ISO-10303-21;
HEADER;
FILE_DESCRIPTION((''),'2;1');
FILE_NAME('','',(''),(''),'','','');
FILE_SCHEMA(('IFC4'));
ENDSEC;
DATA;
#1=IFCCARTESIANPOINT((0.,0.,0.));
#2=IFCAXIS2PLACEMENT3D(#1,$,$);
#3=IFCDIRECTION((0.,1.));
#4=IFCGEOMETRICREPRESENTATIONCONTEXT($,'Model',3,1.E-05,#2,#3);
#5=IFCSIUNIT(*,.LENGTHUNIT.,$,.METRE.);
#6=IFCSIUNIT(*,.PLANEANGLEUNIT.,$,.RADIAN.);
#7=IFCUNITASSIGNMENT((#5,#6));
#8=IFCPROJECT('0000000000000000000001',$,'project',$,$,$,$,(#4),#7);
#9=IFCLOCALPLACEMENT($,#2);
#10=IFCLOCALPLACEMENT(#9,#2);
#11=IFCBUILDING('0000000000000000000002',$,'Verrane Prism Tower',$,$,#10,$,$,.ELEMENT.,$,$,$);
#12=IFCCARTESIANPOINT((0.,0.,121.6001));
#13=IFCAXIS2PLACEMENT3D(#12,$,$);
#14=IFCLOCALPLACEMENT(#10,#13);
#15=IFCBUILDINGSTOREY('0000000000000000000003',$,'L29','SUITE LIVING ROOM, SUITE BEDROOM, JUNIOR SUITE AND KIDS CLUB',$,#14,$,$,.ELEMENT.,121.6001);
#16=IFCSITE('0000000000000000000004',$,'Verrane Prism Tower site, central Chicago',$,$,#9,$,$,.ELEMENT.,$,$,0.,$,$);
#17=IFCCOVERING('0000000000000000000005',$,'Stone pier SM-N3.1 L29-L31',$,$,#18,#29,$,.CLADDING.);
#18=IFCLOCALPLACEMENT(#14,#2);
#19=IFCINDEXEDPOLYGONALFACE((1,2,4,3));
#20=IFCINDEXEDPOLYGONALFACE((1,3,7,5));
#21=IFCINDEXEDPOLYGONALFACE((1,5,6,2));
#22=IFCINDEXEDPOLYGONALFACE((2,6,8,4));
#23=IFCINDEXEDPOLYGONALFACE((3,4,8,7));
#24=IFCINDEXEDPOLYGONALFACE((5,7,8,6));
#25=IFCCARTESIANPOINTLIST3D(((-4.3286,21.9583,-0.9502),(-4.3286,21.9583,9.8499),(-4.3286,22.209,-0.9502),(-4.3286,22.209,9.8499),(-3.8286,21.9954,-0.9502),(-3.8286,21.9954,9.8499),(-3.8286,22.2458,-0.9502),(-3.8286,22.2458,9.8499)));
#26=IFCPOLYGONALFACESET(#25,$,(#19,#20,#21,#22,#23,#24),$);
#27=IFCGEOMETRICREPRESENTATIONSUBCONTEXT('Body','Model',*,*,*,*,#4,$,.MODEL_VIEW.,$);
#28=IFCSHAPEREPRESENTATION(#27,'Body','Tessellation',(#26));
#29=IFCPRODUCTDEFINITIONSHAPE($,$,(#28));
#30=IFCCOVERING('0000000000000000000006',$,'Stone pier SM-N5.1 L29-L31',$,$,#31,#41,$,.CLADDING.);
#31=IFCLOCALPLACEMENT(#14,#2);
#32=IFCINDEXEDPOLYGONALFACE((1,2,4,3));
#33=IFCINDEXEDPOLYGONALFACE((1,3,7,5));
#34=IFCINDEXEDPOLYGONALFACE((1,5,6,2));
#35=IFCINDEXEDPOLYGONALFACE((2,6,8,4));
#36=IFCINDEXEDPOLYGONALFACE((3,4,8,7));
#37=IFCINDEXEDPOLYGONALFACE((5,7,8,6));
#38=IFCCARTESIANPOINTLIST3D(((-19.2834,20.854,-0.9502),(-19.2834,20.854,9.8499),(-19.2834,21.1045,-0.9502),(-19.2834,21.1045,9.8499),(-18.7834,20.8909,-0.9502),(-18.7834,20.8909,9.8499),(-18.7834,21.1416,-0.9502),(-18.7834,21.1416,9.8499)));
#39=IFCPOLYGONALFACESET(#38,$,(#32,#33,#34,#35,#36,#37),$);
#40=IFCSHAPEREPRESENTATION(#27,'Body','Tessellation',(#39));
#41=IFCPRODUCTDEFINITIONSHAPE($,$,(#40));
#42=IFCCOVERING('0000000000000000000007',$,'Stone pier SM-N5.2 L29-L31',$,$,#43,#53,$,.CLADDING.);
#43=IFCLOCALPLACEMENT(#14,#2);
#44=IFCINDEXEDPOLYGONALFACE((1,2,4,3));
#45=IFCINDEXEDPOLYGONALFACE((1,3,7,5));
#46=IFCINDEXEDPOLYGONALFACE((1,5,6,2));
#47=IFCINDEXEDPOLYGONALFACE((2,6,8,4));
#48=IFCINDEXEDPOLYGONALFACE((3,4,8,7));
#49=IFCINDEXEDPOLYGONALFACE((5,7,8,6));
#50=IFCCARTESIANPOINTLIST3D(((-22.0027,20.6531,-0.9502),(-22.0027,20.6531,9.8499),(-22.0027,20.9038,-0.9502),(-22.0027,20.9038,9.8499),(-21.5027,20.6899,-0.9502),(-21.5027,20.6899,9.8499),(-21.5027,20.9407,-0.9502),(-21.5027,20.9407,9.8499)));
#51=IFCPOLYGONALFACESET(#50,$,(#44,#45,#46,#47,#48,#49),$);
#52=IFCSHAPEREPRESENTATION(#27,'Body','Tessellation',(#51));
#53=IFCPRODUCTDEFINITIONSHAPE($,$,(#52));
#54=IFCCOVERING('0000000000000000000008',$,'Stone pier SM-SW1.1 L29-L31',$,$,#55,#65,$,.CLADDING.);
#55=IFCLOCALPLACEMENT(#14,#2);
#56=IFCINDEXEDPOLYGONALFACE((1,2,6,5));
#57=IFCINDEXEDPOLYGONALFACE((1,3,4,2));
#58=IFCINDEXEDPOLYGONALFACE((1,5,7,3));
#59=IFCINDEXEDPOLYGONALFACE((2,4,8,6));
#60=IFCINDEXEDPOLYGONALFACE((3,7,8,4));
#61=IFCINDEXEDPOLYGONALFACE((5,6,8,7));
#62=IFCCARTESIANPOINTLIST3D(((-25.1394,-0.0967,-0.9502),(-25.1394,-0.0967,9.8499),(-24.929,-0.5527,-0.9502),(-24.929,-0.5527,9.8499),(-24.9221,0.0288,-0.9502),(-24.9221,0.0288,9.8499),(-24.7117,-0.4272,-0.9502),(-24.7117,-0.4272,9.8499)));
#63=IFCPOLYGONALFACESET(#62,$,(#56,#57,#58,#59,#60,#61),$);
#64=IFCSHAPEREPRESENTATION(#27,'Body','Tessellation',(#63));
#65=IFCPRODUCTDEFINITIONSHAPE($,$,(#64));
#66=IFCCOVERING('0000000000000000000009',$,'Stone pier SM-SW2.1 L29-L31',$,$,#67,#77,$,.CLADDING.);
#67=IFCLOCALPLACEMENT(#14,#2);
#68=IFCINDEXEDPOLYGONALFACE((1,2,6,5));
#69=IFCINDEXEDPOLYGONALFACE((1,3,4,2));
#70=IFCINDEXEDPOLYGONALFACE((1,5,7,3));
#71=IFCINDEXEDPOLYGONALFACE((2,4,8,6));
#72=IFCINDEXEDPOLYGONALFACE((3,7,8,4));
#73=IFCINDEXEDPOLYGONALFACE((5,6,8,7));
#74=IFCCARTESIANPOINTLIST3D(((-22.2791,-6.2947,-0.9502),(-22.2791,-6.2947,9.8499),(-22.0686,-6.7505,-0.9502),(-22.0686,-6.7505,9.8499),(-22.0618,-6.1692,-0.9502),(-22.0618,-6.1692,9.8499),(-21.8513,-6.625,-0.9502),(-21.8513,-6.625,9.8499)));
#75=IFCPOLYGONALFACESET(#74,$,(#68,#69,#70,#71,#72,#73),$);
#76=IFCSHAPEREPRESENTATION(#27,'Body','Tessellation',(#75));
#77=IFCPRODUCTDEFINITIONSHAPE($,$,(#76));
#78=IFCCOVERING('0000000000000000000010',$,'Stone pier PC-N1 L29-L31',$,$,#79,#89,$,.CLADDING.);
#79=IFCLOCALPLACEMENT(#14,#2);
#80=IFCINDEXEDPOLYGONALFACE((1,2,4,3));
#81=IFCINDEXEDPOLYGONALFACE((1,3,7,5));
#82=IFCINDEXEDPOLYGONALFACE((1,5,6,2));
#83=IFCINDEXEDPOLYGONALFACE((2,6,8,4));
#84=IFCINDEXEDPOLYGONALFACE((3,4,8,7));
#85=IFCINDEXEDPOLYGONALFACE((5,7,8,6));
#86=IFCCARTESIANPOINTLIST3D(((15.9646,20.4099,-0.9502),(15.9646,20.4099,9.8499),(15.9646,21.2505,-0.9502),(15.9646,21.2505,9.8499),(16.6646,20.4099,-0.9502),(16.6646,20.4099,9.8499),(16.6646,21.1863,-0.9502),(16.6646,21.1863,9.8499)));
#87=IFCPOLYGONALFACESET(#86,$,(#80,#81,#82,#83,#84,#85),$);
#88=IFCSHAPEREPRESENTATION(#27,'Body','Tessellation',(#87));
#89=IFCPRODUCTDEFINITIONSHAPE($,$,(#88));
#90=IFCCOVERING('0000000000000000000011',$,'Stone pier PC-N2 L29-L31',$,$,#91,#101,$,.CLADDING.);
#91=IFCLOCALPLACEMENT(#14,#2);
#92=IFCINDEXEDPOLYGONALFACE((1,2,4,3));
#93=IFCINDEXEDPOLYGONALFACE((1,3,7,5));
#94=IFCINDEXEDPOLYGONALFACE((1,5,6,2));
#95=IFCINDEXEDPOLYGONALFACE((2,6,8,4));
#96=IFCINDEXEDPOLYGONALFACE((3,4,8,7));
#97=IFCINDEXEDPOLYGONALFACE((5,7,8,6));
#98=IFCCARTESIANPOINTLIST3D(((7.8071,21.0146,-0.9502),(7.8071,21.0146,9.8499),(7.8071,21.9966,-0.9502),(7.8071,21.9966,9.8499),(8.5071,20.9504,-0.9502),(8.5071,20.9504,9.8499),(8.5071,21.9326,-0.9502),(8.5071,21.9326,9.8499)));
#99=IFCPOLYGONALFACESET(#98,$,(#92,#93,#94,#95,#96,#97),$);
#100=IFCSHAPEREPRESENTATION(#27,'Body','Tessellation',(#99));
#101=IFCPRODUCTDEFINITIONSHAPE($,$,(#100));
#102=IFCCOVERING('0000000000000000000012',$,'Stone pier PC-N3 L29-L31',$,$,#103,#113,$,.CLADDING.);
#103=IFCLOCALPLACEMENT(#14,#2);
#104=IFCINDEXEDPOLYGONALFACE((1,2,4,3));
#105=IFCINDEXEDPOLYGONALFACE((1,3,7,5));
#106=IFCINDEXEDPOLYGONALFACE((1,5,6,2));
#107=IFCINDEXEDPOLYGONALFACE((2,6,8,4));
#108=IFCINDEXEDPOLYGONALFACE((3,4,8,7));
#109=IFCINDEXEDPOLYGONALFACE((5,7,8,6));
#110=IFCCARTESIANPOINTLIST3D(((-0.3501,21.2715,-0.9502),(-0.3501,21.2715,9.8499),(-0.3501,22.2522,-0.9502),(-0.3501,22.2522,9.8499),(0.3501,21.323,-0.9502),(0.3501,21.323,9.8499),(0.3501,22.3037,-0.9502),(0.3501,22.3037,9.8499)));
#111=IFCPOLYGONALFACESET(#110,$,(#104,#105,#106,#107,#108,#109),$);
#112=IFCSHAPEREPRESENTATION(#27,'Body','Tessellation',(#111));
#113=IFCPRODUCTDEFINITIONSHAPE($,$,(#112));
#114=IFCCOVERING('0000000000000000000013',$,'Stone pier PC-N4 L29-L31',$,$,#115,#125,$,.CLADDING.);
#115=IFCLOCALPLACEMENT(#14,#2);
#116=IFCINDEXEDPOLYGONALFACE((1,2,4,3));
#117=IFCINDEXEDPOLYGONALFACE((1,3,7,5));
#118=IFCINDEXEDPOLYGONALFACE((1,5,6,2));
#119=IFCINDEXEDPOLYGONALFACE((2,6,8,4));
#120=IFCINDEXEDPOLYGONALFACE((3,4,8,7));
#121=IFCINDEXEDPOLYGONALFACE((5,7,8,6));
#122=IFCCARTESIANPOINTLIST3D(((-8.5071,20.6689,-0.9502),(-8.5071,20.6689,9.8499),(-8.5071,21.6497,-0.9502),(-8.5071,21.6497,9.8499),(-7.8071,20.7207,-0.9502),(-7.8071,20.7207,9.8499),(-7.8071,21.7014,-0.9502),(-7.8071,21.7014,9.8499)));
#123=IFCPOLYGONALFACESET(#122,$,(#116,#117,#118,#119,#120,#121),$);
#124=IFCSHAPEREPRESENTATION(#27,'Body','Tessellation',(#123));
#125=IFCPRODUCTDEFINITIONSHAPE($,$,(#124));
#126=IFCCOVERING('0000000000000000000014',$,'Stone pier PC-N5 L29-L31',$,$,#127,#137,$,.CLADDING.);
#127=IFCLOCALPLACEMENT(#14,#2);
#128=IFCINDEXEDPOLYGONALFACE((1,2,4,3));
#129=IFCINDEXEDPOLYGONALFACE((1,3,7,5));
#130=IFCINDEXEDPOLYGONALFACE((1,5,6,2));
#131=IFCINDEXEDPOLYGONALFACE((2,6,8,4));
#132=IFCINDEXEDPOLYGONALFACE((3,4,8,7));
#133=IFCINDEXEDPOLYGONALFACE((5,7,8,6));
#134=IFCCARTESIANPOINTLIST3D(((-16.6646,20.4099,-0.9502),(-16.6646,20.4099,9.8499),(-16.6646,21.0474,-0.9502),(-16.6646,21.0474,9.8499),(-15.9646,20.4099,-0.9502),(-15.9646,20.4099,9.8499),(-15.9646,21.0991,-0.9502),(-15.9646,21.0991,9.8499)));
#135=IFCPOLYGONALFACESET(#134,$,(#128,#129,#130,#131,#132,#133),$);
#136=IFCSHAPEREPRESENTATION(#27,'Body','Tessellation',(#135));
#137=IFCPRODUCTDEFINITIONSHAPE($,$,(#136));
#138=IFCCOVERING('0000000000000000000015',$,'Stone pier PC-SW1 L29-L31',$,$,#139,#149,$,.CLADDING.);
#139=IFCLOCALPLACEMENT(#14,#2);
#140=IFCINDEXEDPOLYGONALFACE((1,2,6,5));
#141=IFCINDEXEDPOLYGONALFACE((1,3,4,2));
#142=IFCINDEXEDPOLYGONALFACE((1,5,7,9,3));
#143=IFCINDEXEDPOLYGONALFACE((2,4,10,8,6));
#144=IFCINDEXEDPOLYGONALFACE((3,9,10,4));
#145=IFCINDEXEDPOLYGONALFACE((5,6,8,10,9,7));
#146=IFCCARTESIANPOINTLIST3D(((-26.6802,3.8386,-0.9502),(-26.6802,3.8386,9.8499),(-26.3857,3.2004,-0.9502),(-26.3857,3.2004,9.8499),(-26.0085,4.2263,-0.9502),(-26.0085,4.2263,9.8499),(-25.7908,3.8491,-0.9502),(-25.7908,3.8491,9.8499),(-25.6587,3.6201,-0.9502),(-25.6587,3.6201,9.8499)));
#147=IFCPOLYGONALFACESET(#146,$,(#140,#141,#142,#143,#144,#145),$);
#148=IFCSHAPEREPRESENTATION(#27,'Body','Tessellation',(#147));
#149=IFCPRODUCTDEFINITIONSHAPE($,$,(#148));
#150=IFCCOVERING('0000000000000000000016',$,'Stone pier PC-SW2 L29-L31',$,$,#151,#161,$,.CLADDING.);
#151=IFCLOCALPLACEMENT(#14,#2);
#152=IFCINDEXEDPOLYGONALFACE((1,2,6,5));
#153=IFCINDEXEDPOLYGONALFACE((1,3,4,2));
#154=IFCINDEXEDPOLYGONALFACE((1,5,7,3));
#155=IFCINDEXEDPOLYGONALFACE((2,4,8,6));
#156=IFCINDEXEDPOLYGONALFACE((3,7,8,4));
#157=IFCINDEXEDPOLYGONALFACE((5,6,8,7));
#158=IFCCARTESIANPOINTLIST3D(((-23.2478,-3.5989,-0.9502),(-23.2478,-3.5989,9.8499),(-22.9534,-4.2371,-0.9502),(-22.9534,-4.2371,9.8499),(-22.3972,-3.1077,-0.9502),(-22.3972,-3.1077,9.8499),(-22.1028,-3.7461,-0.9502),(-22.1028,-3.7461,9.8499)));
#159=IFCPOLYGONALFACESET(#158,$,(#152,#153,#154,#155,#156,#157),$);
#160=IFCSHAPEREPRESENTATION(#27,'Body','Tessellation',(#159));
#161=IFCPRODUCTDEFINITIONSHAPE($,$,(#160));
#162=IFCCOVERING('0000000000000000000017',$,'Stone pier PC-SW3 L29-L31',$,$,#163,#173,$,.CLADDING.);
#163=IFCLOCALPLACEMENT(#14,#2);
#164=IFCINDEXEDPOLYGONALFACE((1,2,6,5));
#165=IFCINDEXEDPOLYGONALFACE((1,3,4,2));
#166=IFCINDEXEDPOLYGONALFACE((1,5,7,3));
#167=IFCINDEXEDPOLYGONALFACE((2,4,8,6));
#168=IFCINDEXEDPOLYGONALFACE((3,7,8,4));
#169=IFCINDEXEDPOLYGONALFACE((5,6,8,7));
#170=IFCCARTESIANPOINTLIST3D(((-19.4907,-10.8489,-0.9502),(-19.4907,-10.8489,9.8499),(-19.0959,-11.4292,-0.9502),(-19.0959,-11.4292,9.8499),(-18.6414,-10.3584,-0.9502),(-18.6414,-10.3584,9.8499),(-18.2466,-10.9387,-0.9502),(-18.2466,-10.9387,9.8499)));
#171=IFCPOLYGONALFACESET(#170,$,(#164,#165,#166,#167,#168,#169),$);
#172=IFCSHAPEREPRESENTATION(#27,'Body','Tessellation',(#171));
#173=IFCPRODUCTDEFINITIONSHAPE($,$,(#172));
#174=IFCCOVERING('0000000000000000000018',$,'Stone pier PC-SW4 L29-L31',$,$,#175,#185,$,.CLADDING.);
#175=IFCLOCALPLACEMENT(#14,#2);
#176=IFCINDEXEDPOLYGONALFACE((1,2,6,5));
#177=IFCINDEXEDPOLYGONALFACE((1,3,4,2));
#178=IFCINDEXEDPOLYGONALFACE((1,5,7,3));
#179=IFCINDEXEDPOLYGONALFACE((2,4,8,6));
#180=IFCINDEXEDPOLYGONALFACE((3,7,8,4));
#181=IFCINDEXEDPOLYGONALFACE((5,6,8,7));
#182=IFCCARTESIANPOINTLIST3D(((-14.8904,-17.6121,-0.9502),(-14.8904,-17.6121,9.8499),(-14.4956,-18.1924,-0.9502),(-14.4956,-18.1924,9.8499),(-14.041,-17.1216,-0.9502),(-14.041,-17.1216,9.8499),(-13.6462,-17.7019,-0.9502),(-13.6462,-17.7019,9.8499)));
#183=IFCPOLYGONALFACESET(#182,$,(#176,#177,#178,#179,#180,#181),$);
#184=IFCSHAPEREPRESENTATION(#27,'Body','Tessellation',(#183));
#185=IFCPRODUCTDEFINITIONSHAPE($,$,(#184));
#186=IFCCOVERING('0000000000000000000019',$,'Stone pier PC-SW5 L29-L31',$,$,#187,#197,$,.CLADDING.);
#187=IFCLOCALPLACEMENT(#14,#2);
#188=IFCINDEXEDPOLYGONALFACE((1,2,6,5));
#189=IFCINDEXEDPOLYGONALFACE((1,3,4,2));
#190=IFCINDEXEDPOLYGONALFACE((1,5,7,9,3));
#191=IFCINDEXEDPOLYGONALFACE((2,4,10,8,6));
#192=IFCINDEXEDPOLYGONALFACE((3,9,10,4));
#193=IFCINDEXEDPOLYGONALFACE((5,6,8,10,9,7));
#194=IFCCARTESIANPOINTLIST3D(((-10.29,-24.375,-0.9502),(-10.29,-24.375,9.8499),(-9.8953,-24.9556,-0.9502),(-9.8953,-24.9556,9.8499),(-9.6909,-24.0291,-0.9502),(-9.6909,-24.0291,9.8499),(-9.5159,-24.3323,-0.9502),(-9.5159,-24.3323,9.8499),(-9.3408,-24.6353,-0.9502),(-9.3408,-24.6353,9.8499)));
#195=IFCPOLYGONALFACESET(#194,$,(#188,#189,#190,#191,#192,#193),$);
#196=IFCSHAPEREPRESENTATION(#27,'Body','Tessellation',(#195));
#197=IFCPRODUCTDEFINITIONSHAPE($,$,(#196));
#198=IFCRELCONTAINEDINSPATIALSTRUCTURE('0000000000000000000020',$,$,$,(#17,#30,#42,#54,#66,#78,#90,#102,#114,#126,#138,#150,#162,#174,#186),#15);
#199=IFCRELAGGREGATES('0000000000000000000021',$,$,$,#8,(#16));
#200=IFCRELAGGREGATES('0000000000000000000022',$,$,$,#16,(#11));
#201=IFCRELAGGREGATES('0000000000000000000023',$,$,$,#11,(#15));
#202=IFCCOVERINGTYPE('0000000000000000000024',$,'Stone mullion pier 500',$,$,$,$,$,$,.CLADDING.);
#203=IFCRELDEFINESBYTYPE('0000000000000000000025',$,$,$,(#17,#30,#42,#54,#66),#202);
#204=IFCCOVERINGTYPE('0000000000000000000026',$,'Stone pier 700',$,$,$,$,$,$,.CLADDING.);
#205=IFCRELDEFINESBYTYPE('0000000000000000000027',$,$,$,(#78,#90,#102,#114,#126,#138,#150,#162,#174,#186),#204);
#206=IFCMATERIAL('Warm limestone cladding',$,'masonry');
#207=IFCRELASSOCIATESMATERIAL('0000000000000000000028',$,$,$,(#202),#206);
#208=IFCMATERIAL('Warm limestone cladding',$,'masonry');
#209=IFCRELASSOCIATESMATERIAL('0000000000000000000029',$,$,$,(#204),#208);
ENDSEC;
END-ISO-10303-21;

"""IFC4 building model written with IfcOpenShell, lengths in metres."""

from ifc_helpers import new_model, si_unit, direction, frame, origin, place, context, subcontext, project, spatial, polyline, outline, extrude, material, type_object, element, save


model = new_model("IFC4")

# Units and contexts
model_context = context("Model", 3, precision=1e-05, world=origin(), true_north=direction((0.0, 1.0)))
body_context = subcontext(model_context, "Body", "Model", "MODEL_VIEW")
ifc_project = project(units=[si_unit("LENGTHUNIT", "METRE"), si_unit("PLANEANGLEUNIT", "RADIAN")], contexts=[model_context])

# Site, building, storey
site_placement = place(None, origin())
site = spatial("IfcSite", under=ifc_project, at=site_placement, Name="Verrane Prism Tower site, central Chicago", CompositionType="ELEMENT", RefElevation=0.0)
building_placement = place(site_placement, origin())
building = spatial("IfcBuilding", under=site, at=building_placement, Name="Verrane Prism Tower", CompositionType="ELEMENT")
storey_placement = place(building_placement, frame((0.0, 0.0, 121.6001)))
storey = spatial("IfcBuildingStorey", under=building, at=storey_placement, Name="L29", Description="SUITE LIVING ROOM, SUITE BEDROOM, JUNIOR SUITE AND KIDS CLUB", CompositionType="ELEMENT", Elevation=121.6001)

# Coverings
ifc_material_1 = material(Name="Warm limestone cladding", Category="masonry")
covering_type_1 = type_object("IfcCoveringType", Name="Stone mullion pier 500", PredefinedType="CLADDING", material=ifc_material_1)
covering_1_placement = place(storey_placement, frame((0.0, 0.0, -0.9502)))
element("IfcCovering", 1, at=covering_1_placement, inside=storey, type_object=covering_type_1, Name="Stone pier SM-N3.1 L29-L31", PredefinedType="CLADDING", context=body_context, shape_type="SweptSolid", body=[
    extrude(outline(polyline([(-4.3286, 21.9583), (-3.8286, 21.9954), (-3.8286, 22.2458), (-4.3286, 22.209), (-4.3286, 21.9583)])), origin(), (0.0, 0.0, 1.0), 10.8),
])
covering_2_placement = place(storey_placement, frame((0.0, 0.0, -0.9502)))
element("IfcCovering", 2, at=covering_2_placement, inside=storey, type_object=covering_type_1, Name="Stone pier SM-N5.1 L29-L31", PredefinedType="CLADDING", context=body_context, shape_type="SweptSolid", body=[
    extrude(outline(polyline([(-19.2834, 20.854), (-18.7834, 20.8909), (-18.7834, 21.1416), (-19.2834, 21.1045), (-19.2834, 20.854)])), origin(), (0.0, 0.0, 1.0), 10.8),
])
covering_3_placement = place(storey_placement, frame((0.0, 0.0, -0.9502)))
element("IfcCovering", 3, at=covering_3_placement, inside=storey, type_object=covering_type_1, Name="Stone pier SM-N5.2 L29-L31", PredefinedType="CLADDING", context=body_context, shape_type="SweptSolid", body=[
    extrude(outline(polyline([(-22.0027, 20.6531), (-21.5027, 20.6899), (-21.5027, 20.9407), (-22.0027, 20.9038), (-22.0027, 20.6531)])), origin(), (0.0, 0.0, 1.0), 10.8),
])
covering_4_placement = place(storey_placement, frame((0.0, 0.0, -0.9502)))
element("IfcCovering", 4, at=covering_4_placement, inside=storey, type_object=covering_type_1, Name="Stone pier SM-SW1.1 L29-L31", PredefinedType="CLADDING", context=body_context, shape_type="SweptSolid", body=[
    extrude(outline(polyline([(-24.7117, -0.4272), (-24.9221, 0.0288), (-25.1394, -0.0967), (-24.929, -0.5527), (-24.7117, -0.4272)])), origin(), (0.0, 0.0, 1.0), 10.8),
])
covering_5_placement = place(storey_placement, frame((0.0, 0.0, -0.9502)))
element("IfcCovering", 5, at=covering_5_placement, inside=storey, type_object=covering_type_1, Name="Stone pier SM-SW2.1 L29-L31", PredefinedType="CLADDING", context=body_context, shape_type="SweptSolid", body=[
    extrude(outline(polyline([(-21.8513, -6.625), (-22.0618, -6.1692), (-22.2791, -6.2947), (-22.0686, -6.7505), (-21.8513, -6.625)])), origin(), (0.0, 0.0, 1.0), 10.8),
])
ifc_material_2 = material(Name="Warm limestone cladding", Category="masonry")
covering_type_2 = type_object("IfcCoveringType", Name="Stone pier 700", PredefinedType="CLADDING", material=ifc_material_2)
covering_6_placement = place(storey_placement, frame((0.0, 0.0, -0.9502)))
element("IfcCovering", 6, at=covering_6_placement, inside=storey, type_object=covering_type_2, Name="Stone pier PC-N1 L29-L31", PredefinedType="CLADDING", context=body_context, shape_type="SweptSolid", body=[
    extrude(outline(polyline([(15.9646, 20.4099), (16.6646, 20.4099), (16.6646, 21.1863), (15.9646, 21.2505), (15.9646, 20.4099)])), origin(), (0.0, 0.0, 1.0), 10.8),
])
covering_7_placement = place(storey_placement, frame((0.0, 0.0, -0.9502)))
element("IfcCovering", 7, at=covering_7_placement, inside=storey, type_object=covering_type_2, Name="Stone pier PC-N2 L29-L31", PredefinedType="CLADDING", context=body_context, shape_type="SweptSolid", body=[
    extrude(outline(polyline([(7.8071, 21.9966), (7.8071, 21.0146), (8.5071, 20.9504), (8.5071, 21.9326), (7.8071, 21.9966)])), origin(), (0.0, 0.0, 1.0), 10.8),
])
covering_8_placement = place(storey_placement, frame((0.0, 0.0, -0.9502)))
element("IfcCovering", 8, at=covering_8_placement, inside=storey, type_object=covering_type_2, Name="Stone pier PC-N3 L29-L31", PredefinedType="CLADDING", context=body_context, shape_type="SweptSolid", body=[
    extrude(outline(polyline([(-0.3501, 22.2522), (-0.3501, 21.2715), (0.3501, 21.323), (0.3501, 22.3037), (-0.3501, 22.2522)])), origin(), (0.0, 0.0, 1.0), 10.8),
])
covering_9_placement = place(storey_placement, frame((0.0, 0.0, -0.9502)))
element("IfcCovering", 9, at=covering_9_placement, inside=storey, type_object=covering_type_2, Name="Stone pier PC-N4 L29-L31", PredefinedType="CLADDING", context=body_context, shape_type="SweptSolid", body=[
    extrude(outline(polyline([(-8.5071, 21.6497), (-8.5071, 20.6689), (-7.8071, 20.7207), (-7.8071, 21.7014), (-8.5071, 21.6497)])), origin(), (0.0, 0.0, 1.0), 10.8),
])
covering_10_placement = place(storey_placement, frame((0.0, 0.0, -0.9502)))
element("IfcCovering", 10, at=covering_10_placement, inside=storey, type_object=covering_type_2, Name="Stone pier PC-N5 L29-L31", PredefinedType="CLADDING", context=body_context, shape_type="SweptSolid", body=[
    extrude(outline(polyline([(-16.6646, 20.4099), (-15.9646, 20.4099), (-15.9646, 21.0991), (-16.6646, 21.0474), (-16.6646, 20.4099)])), origin(), (0.0, 0.0, 1.0), 10.8),
])
covering_11_placement = place(storey_placement, frame((0.0, 0.0, -0.9502)))
element("IfcCovering", 11, at=covering_11_placement, inside=storey, type_object=covering_type_2, Name="Stone pier PC-SW1 L29-L31", PredefinedType="CLADDING", context=body_context, shape_type="SweptSolid", body=[
    extrude(outline(polyline([(-25.6587, 3.6201), (-25.7908, 3.8491), (-26.0085, 4.2263), (-26.6802, 3.8386), (-26.3857, 3.2004), (-25.6587, 3.6201)])), origin(), (0.0, 0.0, 1.0), 10.8),
])
covering_12_placement = place(storey_placement, frame((0.0, 0.0, -0.9502)))
element("IfcCovering", 12, at=covering_12_placement, inside=storey, type_object=covering_type_2, Name="Stone pier PC-SW2 L29-L31", PredefinedType="CLADDING", context=body_context, shape_type="SweptSolid", body=[
    extrude(outline(polyline([(-22.9534, -4.2371), (-22.1028, -3.7461), (-22.3972, -3.1077), (-23.2478, -3.5989), (-22.9534, -4.2371)])), origin(), (0.0, 0.0, 1.0), 10.8),
])
covering_13_placement = place(storey_placement, frame((0.0, 0.0, -0.9502)))
element("IfcCovering", 13, at=covering_13_placement, inside=storey, type_object=covering_type_2, Name="Stone pier PC-SW3 L29-L31", PredefinedType="CLADDING", context=body_context, shape_type="SweptSolid", body=[
    extrude(outline(polyline([(-19.0959, -11.4292), (-18.2466, -10.9387), (-18.6414, -10.3584), (-19.4907, -10.8489), (-19.0959, -11.4292)])), origin(), (0.0, 0.0, 1.0), 10.8),
])
covering_14_placement = place(storey_placement, frame((0.0, 0.0, -0.9502)))
element("IfcCovering", 14, at=covering_14_placement, inside=storey, type_object=covering_type_2, Name="Stone pier PC-SW4 L29-L31", PredefinedType="CLADDING", context=body_context, shape_type="SweptSolid", body=[
    extrude(outline(polyline([(-14.4956, -18.1924), (-13.6462, -17.7019), (-14.041, -17.1216), (-14.8904, -17.6121), (-14.4956, -18.1924)])), origin(), (0.0, 0.0, 1.0), 10.8),
])
covering_15_placement = place(storey_placement, frame((0.0, 0.0, -0.9502)))
element("IfcCovering", 15, at=covering_15_placement, inside=storey, type_object=covering_type_2, Name="Stone pier PC-SW5 L29-L31", PredefinedType="CLADDING", context=body_context, shape_type="SweptSolid", body=[
    extrude(outline(polyline([(-9.3408, -24.6353), (-9.5159, -24.3323), (-9.6909, -24.0291), (-10.29, -24.375), (-9.8953, -24.9556), (-9.3408, -24.6353)])), origin(), (0.0, 0.0, 1.0), 10.8),
])

save(model, "model.ifc")
